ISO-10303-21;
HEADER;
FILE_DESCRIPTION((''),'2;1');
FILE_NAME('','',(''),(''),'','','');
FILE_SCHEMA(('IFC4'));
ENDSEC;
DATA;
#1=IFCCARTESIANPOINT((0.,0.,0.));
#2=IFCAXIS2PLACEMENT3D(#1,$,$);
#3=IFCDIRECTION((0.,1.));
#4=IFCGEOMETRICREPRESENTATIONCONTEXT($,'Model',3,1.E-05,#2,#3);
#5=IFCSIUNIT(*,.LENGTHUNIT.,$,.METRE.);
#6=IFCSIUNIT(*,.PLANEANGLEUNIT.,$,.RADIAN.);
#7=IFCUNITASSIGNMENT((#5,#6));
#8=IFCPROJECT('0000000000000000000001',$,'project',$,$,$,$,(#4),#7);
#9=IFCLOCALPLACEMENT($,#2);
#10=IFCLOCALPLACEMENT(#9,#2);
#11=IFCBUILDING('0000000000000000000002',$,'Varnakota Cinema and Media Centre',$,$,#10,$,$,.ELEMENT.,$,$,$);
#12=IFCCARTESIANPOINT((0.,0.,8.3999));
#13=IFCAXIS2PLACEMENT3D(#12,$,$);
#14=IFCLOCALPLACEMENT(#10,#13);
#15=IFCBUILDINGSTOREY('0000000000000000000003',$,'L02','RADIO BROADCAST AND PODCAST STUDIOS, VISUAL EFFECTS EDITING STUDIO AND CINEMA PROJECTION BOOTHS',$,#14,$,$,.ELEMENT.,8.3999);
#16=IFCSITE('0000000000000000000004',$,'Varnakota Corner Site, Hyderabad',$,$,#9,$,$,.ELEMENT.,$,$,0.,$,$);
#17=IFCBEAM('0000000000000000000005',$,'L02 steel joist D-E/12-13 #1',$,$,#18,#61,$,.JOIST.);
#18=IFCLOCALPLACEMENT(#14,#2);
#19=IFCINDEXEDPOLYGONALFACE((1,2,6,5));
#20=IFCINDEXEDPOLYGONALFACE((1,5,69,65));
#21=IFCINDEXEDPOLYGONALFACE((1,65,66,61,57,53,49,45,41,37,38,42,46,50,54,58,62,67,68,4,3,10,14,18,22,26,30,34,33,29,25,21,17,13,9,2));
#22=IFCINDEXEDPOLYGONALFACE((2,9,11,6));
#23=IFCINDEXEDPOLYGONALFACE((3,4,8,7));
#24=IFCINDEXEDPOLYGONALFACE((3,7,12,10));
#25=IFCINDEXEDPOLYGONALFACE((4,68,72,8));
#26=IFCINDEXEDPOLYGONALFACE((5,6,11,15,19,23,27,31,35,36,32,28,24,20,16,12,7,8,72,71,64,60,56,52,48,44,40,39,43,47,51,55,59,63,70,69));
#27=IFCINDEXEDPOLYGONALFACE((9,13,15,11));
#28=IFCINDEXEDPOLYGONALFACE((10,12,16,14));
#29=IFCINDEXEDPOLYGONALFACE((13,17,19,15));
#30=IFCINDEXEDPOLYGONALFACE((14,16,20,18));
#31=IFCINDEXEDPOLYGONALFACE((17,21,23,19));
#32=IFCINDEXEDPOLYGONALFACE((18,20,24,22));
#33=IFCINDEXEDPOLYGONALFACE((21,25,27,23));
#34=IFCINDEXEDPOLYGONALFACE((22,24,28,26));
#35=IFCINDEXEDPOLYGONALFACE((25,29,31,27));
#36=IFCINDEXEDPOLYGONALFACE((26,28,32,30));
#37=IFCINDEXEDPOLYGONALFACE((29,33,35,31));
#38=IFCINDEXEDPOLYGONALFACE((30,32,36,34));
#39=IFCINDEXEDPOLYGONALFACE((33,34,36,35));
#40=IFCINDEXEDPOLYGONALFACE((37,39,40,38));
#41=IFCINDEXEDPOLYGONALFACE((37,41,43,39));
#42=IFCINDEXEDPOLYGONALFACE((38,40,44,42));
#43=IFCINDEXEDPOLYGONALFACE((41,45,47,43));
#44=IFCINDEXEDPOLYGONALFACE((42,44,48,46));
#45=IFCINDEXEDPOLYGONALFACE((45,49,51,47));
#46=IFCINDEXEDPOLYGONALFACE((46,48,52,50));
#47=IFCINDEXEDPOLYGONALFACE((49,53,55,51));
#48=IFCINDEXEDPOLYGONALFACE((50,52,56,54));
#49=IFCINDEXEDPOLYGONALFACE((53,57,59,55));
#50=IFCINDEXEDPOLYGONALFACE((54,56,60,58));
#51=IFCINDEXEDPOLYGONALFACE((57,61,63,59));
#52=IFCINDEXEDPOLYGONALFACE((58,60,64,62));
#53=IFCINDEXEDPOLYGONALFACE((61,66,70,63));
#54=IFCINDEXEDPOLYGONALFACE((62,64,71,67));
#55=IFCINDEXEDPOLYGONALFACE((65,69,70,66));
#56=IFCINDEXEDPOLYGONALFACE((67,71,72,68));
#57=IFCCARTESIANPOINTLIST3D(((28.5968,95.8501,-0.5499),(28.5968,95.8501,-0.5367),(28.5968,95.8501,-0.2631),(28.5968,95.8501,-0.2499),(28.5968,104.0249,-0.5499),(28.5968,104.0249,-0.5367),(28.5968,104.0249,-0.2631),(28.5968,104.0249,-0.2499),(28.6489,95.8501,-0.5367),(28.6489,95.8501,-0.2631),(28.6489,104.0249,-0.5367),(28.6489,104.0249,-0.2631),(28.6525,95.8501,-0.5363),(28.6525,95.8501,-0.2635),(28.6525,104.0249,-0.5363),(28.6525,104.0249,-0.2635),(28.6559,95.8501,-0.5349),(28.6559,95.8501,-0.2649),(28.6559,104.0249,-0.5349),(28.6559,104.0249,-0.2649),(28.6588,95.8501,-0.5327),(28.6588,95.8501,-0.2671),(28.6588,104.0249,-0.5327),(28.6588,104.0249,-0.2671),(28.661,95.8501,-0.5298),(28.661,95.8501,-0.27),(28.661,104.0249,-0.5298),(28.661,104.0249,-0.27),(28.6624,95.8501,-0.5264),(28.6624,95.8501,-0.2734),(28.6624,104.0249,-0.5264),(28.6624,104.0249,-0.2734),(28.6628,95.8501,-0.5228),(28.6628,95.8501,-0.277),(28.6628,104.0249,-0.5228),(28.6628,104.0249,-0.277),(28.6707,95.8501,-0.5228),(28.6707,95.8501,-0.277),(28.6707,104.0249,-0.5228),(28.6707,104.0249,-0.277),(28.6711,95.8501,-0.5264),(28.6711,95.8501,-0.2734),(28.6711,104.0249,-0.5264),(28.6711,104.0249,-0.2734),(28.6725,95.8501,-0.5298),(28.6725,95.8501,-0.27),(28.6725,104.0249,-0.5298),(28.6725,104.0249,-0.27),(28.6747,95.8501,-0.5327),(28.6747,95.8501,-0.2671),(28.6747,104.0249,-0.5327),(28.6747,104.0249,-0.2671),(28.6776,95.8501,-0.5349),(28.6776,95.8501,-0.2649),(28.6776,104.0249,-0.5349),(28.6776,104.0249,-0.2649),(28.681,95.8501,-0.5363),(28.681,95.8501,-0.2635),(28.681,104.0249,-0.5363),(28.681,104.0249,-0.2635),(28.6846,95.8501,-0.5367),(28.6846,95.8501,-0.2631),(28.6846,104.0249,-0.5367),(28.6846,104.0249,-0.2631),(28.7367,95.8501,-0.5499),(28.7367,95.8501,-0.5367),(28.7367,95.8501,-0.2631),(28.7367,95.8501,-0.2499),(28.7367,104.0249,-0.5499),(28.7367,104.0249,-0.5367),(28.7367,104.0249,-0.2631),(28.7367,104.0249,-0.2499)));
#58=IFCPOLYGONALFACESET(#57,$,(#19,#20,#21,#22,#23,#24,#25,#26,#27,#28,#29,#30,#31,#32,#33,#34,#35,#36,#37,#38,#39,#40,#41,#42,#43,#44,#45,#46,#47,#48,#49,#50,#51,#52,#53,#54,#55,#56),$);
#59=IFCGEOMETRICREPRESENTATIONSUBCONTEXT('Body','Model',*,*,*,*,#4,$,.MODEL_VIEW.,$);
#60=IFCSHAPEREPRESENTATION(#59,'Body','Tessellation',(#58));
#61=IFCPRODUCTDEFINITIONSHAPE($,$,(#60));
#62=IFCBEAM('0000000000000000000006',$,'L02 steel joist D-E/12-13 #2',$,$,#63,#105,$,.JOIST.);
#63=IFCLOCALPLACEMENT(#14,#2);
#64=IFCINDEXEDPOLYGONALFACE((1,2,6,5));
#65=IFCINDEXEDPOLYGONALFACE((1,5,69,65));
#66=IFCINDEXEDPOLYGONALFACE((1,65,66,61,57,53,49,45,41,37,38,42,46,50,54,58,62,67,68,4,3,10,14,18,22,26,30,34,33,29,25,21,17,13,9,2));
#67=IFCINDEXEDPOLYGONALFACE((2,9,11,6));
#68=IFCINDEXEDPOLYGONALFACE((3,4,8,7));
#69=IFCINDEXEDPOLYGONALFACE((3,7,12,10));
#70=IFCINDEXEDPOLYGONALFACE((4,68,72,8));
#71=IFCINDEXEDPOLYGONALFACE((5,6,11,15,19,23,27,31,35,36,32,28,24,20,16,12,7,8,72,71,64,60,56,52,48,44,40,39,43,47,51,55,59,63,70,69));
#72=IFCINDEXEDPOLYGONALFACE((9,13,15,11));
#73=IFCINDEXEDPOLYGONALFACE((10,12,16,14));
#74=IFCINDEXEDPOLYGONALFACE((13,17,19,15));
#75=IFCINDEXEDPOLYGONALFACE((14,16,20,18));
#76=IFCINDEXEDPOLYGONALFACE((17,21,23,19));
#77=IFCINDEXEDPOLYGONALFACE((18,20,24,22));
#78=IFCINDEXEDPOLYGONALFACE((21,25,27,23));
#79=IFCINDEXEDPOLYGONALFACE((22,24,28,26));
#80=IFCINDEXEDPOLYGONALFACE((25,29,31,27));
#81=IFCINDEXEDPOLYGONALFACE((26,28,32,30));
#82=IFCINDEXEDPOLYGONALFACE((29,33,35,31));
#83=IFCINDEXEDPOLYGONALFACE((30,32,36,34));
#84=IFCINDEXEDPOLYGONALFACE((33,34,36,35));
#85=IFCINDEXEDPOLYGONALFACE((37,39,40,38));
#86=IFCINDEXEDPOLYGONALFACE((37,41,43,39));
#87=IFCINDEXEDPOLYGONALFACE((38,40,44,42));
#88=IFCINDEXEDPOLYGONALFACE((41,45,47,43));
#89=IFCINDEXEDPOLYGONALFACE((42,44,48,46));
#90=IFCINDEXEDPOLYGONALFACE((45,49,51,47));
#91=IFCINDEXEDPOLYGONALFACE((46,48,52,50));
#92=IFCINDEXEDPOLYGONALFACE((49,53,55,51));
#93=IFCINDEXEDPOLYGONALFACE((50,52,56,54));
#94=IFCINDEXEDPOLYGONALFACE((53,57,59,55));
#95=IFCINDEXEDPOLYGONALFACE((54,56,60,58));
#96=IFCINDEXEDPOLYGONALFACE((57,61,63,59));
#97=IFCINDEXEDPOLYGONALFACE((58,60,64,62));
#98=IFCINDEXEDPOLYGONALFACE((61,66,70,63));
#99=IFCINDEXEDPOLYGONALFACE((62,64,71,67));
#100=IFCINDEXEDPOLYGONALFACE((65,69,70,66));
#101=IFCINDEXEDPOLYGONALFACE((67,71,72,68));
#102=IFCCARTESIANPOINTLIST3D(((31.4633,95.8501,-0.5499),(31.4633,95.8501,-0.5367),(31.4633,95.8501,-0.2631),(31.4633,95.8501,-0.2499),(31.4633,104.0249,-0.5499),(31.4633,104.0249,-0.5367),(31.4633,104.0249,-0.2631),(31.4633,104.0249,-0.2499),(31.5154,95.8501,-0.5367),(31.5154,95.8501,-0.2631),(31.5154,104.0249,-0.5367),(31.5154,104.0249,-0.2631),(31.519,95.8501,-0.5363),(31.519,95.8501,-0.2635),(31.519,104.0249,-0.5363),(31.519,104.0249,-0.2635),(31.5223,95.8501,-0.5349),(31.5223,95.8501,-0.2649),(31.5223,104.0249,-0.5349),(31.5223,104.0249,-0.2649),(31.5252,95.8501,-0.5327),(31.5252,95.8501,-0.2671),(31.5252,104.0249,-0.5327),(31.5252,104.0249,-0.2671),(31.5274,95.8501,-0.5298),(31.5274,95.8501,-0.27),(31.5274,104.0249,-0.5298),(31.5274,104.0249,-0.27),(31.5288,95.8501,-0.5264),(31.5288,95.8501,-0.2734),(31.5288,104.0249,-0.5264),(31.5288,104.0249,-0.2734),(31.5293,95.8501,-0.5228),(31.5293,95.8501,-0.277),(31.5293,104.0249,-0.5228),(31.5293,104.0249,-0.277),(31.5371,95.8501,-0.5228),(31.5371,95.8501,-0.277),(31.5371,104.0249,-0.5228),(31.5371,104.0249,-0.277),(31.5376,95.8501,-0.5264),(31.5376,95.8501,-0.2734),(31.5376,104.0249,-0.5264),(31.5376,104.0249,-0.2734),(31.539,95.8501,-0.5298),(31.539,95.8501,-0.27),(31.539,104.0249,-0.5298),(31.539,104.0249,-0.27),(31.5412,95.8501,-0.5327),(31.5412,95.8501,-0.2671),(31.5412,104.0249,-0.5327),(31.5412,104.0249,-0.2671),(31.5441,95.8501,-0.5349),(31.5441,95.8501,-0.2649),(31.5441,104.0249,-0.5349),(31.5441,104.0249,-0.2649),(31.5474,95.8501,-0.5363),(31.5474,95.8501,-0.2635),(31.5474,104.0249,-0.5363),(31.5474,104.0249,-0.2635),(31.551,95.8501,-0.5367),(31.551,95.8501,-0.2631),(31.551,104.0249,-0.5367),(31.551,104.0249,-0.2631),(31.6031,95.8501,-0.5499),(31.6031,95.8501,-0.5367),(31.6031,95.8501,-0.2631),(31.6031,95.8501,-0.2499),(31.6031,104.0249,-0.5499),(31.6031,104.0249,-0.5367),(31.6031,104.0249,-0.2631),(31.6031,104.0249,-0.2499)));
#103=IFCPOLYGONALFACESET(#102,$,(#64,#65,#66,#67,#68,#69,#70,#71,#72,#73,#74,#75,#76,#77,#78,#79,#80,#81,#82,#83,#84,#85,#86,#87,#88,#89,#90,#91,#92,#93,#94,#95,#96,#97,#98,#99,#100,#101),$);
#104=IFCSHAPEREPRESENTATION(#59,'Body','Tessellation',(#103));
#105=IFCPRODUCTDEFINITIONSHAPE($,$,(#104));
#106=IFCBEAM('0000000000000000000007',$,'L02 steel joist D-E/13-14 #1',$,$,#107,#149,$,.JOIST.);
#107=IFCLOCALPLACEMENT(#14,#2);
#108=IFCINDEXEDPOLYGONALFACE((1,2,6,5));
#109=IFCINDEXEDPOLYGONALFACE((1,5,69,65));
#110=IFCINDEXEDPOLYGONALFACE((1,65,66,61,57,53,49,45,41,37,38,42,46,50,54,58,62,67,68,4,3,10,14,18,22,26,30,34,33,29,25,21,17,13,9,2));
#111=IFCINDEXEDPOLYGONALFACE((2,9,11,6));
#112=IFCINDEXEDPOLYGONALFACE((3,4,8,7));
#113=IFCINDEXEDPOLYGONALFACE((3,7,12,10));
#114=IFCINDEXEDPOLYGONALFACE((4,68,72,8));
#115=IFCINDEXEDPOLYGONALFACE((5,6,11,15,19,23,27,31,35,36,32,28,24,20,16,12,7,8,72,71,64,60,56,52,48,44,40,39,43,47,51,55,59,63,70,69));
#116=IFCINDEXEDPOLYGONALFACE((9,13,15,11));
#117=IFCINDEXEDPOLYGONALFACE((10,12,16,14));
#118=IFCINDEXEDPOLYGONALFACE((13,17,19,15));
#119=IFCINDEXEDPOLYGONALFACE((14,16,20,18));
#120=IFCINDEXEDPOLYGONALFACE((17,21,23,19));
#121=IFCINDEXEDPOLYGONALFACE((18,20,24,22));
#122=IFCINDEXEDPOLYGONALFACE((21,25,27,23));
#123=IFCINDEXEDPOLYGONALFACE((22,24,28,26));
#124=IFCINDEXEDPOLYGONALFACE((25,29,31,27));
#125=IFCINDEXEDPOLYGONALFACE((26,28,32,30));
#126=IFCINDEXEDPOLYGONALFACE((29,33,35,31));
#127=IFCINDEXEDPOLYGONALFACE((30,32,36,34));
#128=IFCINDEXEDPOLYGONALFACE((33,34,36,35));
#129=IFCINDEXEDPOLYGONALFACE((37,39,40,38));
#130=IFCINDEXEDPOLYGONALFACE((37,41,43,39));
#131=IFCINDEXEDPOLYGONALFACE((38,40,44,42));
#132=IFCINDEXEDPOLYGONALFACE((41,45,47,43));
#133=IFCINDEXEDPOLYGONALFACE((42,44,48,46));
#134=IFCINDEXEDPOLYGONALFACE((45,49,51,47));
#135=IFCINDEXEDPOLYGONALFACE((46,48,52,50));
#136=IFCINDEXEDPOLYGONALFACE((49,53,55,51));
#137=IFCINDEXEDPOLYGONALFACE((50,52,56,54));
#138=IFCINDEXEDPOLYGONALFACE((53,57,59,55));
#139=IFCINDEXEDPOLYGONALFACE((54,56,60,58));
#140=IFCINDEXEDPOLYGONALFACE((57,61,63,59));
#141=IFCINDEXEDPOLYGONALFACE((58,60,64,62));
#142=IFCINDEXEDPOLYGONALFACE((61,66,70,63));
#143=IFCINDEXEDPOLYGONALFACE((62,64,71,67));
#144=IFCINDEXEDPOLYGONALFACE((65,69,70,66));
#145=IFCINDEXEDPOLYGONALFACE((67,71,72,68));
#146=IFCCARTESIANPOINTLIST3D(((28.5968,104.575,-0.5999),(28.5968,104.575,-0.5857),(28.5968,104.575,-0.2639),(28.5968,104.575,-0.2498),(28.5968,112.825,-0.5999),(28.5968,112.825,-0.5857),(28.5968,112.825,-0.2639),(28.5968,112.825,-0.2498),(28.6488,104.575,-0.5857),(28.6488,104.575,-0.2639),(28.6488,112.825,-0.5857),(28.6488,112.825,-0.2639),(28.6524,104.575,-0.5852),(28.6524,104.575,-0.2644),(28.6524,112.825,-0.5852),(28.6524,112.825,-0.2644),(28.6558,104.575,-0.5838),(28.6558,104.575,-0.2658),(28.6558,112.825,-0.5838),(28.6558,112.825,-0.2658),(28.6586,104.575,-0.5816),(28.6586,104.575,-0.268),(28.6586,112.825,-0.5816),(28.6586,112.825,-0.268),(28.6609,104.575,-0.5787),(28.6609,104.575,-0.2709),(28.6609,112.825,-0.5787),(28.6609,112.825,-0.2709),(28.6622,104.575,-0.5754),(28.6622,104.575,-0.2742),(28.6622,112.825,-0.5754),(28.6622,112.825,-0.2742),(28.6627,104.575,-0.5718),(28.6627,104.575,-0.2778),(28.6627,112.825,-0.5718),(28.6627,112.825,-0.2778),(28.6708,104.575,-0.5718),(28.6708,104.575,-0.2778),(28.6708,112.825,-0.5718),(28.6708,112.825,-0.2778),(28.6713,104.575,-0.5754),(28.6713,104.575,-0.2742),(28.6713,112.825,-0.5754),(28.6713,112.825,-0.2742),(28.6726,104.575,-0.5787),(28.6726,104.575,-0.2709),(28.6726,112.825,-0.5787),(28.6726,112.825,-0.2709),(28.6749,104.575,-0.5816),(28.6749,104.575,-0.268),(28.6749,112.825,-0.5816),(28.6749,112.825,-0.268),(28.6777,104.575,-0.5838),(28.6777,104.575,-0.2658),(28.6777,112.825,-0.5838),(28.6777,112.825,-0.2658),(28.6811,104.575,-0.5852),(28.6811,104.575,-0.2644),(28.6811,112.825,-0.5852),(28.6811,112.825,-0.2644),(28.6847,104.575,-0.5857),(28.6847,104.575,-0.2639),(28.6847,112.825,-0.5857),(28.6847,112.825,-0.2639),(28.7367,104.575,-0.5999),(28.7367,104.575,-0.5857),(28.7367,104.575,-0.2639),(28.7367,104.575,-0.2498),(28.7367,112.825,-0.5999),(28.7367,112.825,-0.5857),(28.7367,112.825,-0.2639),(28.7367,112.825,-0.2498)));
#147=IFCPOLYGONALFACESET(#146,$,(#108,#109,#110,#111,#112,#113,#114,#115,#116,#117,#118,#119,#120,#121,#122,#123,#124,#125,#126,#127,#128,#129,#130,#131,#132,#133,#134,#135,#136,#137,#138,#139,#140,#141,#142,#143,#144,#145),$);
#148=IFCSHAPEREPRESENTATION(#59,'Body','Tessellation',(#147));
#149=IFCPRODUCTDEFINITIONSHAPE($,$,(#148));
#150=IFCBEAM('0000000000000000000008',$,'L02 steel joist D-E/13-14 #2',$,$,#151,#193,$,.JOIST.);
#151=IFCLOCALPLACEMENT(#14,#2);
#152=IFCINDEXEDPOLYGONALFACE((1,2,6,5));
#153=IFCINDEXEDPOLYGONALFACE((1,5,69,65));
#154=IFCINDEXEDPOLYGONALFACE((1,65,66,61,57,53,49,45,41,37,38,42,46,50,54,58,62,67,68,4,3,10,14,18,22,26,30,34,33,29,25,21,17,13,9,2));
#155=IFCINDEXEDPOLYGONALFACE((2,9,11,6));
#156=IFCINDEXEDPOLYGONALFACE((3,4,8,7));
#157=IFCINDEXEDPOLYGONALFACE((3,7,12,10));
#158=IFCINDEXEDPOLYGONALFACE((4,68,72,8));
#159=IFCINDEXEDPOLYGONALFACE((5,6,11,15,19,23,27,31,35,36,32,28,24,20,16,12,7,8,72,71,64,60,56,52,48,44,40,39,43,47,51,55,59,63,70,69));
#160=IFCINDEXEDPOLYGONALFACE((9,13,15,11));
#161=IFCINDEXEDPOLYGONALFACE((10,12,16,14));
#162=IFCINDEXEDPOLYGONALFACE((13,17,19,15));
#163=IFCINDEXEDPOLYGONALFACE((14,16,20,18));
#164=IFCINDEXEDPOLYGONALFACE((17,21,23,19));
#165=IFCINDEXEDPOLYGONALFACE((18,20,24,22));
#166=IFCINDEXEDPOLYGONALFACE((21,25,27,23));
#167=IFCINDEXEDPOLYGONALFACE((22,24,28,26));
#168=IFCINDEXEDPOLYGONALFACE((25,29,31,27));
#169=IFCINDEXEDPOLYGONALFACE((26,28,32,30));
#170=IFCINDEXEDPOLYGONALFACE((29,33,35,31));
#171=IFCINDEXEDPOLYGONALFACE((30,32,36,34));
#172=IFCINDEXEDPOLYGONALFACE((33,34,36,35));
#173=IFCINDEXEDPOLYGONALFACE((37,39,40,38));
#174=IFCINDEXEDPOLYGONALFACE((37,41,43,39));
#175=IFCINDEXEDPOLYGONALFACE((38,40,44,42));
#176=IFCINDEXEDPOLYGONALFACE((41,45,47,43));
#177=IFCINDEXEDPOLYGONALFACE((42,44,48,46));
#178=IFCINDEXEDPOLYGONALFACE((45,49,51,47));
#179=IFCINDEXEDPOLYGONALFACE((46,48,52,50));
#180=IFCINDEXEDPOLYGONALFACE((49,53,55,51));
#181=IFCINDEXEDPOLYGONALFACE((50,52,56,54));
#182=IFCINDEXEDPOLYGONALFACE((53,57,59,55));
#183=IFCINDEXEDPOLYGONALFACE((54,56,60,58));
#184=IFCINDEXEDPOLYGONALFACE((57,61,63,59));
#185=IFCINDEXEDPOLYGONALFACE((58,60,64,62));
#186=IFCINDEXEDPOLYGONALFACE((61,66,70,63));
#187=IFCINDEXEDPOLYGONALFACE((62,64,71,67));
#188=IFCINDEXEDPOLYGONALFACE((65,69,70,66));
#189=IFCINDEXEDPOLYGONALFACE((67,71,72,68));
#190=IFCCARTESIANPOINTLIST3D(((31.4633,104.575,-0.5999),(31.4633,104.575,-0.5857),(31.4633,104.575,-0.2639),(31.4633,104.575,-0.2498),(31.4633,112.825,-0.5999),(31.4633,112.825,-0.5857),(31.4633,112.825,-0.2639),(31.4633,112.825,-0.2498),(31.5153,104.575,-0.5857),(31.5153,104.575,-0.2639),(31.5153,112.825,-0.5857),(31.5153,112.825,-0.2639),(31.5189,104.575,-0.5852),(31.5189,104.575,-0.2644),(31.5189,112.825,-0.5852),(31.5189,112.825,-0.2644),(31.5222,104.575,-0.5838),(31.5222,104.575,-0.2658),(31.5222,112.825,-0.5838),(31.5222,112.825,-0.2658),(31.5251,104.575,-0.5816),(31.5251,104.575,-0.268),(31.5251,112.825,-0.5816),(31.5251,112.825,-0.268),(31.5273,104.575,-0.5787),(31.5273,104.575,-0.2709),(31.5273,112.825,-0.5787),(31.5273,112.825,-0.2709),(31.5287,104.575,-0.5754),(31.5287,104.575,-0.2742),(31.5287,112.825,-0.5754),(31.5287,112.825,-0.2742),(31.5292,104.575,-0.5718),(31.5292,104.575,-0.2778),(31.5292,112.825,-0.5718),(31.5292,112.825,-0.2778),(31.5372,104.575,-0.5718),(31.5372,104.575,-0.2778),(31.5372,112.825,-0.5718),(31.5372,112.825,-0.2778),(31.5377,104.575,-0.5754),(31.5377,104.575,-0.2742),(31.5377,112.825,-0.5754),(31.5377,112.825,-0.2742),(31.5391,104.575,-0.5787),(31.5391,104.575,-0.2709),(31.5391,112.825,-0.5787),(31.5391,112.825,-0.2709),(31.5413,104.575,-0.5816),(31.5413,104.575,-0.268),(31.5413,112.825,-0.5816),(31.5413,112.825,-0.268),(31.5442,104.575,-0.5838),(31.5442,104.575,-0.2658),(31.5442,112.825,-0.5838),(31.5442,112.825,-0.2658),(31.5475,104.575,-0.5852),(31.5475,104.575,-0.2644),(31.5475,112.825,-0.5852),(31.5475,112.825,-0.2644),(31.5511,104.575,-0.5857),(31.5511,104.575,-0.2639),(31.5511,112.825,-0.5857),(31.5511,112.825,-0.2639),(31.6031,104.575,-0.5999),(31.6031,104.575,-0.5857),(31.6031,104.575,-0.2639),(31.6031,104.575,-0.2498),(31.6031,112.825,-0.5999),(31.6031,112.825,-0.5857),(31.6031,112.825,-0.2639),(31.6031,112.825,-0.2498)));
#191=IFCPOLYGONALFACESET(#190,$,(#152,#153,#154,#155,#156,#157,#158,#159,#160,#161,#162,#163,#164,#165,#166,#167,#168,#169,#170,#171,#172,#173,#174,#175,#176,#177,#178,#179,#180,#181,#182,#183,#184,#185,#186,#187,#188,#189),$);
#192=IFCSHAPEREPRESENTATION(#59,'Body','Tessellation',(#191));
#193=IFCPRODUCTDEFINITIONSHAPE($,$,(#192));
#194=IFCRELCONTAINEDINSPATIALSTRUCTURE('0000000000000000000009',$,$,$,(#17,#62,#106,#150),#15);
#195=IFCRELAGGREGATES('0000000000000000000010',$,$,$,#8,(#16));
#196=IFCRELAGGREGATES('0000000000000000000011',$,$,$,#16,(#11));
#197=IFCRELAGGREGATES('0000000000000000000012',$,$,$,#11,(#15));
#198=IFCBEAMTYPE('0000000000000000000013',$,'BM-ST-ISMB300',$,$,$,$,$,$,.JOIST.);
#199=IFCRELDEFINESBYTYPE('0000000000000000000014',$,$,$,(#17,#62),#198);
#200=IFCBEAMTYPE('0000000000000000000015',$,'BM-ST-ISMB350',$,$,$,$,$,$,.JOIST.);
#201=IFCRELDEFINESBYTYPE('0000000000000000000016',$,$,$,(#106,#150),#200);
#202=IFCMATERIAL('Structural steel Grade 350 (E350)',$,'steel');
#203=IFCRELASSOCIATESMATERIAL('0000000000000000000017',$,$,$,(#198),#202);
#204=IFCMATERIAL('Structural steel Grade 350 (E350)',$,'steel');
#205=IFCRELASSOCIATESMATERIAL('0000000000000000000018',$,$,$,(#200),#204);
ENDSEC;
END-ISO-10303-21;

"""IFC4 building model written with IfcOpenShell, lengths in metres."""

from ifc_helpers import new_model, si_unit, direction, frame, origin, origin_2d, place, context, subcontext, project, spatial, i_section, extrude, material, material_profile, profile_set, type_object, element, save


model = new_model("IFC4")

# Units and contexts
model_context = context("Model", 3, precision=1e-05, world=origin(), true_north=direction((0.0, 1.0)))
body_context = subcontext(model_context, "Body", "Model", "MODEL_VIEW")
ifc_project = project(units=[si_unit("LENGTHUNIT", "METRE"), si_unit("PLANEANGLEUNIT", "RADIAN")], contexts=[model_context])

# Site, building, storey
site_placement = place(None, origin())
site = spatial("IfcSite", under=ifc_project, at=site_placement, Name="Varnakota Corner Site, Hyderabad", CompositionType="ELEMENT", RefElevation=0.0)
building_placement = place(site_placement, origin())
building = spatial("IfcBuilding", under=site, at=building_placement, Name="Varnakota Cinema and Media Centre", CompositionType="ELEMENT")
storey_placement = place(building_placement, frame((0.0, 0.0, 8.3999)))
storey = spatial("IfcBuildingStorey", under=building, at=storey_placement, Name="L02", Description="RADIO BROADCAST AND PODCAST STUDIOS, VISUAL EFFECTS EDITING STUDIO AND CINEMA PROJECTION BOOTHS", CompositionType="ELEMENT", Elevation=8.3999)

# Beams
ifc_material_1 = material(Name="Structural steel Grade 350 (E350)", Category="steel")
ifc_material_profile_1 = material_profile(ifc_material_1, i_section(OverallWidth=0.1399, OverallDepth=0.3, WebThickness=0.0078, FlangeThickness=0.0132, FilletRadius=0.0139, at=origin_2d()), Name="ISMB 300")
ifc_profile_set_1 = profile_set([ifc_material_profile_1], Name="Structural steel Grade 350 (E350)")
beam_type_1 = type_object("IfcBeamType", Name="BM-ST-ISMB300", PredefinedType="JOIST", material=ifc_profile_set_1)
for number, where, z_axis, x_axis, name in (
    (1, (28.6667, 95.8501, -0.3999), (0.0, 1.0, 0.0), (-1.0, 0.0, 0.0), "L02 steel joist D-E/12-13 #1"),
    (2, (31.5332, 95.8501, -0.3999), (0.0, 1.0, 0.0), (-1.0, 0.0, 0.0), "L02 steel joist D-E/12-13 #2"),
):
    element("IfcBeam", number, at=place(storey_placement, frame(where, z_axis=z_axis, x_axis=x_axis)), inside=storey, type_object=beam_type_1, Name=name, PredefinedType="JOIST", context=body_context, shape_type="SweptSolid", body=[
        extrude(i_section(OverallWidth=0.1399, OverallDepth=0.3, WebThickness=0.0078, FlangeThickness=0.0132, FilletRadius=0.0139, at=origin_2d()), origin(), (0.0, 0.0, 1.0), 8.1748),
    ])
ifc_material_2 = material(Name="Structural steel Grade 350 (E350)", Category="steel")
ifc_material_profile_2 = material_profile(ifc_material_2, i_section(OverallWidth=0.1399, OverallDepth=0.3501, WebThickness=0.0081, FlangeThickness=0.0142, FilletRadius=0.0139, at=origin_2d()), Name="ISMB 350")
ifc_profile_set_2 = profile_set([ifc_material_profile_2], Name="Structural steel Grade 350 (E350)")
beam_type_2 = type_object("IfcBeamType", Name="BM-ST-ISMB350", PredefinedType="JOIST", material=ifc_profile_set_2)
for number, where, z_axis, x_axis, name in (
    (3, (28.6667, 104.575, -0.4248), (0.0, 1.0, 0.0), (-1.0, 0.0, 0.0), "L02 steel joist D-E/13-14 #1"),
    (4, (31.5332, 104.575, -0.4248), (0.0, 1.0, 0.0), (-1.0, 0.0, 0.0), "L02 steel joist D-E/13-14 #2"),
):
    element("IfcBeam", number, at=place(storey_placement, frame(where, z_axis=z_axis, x_axis=x_axis)), inside=storey, type_object=beam_type_2, Name=name, PredefinedType="JOIST", context=body_context, shape_type="SweptSolid", body=[
        extrude(i_section(OverallWidth=0.1399, OverallDepth=0.3501, WebThickness=0.0081, FlangeThickness=0.0142, FilletRadius=0.0139, at=origin_2d()), origin(), (0.0, 0.0, 1.0), 8.25),
    ])

save(model, "model.ifc")
